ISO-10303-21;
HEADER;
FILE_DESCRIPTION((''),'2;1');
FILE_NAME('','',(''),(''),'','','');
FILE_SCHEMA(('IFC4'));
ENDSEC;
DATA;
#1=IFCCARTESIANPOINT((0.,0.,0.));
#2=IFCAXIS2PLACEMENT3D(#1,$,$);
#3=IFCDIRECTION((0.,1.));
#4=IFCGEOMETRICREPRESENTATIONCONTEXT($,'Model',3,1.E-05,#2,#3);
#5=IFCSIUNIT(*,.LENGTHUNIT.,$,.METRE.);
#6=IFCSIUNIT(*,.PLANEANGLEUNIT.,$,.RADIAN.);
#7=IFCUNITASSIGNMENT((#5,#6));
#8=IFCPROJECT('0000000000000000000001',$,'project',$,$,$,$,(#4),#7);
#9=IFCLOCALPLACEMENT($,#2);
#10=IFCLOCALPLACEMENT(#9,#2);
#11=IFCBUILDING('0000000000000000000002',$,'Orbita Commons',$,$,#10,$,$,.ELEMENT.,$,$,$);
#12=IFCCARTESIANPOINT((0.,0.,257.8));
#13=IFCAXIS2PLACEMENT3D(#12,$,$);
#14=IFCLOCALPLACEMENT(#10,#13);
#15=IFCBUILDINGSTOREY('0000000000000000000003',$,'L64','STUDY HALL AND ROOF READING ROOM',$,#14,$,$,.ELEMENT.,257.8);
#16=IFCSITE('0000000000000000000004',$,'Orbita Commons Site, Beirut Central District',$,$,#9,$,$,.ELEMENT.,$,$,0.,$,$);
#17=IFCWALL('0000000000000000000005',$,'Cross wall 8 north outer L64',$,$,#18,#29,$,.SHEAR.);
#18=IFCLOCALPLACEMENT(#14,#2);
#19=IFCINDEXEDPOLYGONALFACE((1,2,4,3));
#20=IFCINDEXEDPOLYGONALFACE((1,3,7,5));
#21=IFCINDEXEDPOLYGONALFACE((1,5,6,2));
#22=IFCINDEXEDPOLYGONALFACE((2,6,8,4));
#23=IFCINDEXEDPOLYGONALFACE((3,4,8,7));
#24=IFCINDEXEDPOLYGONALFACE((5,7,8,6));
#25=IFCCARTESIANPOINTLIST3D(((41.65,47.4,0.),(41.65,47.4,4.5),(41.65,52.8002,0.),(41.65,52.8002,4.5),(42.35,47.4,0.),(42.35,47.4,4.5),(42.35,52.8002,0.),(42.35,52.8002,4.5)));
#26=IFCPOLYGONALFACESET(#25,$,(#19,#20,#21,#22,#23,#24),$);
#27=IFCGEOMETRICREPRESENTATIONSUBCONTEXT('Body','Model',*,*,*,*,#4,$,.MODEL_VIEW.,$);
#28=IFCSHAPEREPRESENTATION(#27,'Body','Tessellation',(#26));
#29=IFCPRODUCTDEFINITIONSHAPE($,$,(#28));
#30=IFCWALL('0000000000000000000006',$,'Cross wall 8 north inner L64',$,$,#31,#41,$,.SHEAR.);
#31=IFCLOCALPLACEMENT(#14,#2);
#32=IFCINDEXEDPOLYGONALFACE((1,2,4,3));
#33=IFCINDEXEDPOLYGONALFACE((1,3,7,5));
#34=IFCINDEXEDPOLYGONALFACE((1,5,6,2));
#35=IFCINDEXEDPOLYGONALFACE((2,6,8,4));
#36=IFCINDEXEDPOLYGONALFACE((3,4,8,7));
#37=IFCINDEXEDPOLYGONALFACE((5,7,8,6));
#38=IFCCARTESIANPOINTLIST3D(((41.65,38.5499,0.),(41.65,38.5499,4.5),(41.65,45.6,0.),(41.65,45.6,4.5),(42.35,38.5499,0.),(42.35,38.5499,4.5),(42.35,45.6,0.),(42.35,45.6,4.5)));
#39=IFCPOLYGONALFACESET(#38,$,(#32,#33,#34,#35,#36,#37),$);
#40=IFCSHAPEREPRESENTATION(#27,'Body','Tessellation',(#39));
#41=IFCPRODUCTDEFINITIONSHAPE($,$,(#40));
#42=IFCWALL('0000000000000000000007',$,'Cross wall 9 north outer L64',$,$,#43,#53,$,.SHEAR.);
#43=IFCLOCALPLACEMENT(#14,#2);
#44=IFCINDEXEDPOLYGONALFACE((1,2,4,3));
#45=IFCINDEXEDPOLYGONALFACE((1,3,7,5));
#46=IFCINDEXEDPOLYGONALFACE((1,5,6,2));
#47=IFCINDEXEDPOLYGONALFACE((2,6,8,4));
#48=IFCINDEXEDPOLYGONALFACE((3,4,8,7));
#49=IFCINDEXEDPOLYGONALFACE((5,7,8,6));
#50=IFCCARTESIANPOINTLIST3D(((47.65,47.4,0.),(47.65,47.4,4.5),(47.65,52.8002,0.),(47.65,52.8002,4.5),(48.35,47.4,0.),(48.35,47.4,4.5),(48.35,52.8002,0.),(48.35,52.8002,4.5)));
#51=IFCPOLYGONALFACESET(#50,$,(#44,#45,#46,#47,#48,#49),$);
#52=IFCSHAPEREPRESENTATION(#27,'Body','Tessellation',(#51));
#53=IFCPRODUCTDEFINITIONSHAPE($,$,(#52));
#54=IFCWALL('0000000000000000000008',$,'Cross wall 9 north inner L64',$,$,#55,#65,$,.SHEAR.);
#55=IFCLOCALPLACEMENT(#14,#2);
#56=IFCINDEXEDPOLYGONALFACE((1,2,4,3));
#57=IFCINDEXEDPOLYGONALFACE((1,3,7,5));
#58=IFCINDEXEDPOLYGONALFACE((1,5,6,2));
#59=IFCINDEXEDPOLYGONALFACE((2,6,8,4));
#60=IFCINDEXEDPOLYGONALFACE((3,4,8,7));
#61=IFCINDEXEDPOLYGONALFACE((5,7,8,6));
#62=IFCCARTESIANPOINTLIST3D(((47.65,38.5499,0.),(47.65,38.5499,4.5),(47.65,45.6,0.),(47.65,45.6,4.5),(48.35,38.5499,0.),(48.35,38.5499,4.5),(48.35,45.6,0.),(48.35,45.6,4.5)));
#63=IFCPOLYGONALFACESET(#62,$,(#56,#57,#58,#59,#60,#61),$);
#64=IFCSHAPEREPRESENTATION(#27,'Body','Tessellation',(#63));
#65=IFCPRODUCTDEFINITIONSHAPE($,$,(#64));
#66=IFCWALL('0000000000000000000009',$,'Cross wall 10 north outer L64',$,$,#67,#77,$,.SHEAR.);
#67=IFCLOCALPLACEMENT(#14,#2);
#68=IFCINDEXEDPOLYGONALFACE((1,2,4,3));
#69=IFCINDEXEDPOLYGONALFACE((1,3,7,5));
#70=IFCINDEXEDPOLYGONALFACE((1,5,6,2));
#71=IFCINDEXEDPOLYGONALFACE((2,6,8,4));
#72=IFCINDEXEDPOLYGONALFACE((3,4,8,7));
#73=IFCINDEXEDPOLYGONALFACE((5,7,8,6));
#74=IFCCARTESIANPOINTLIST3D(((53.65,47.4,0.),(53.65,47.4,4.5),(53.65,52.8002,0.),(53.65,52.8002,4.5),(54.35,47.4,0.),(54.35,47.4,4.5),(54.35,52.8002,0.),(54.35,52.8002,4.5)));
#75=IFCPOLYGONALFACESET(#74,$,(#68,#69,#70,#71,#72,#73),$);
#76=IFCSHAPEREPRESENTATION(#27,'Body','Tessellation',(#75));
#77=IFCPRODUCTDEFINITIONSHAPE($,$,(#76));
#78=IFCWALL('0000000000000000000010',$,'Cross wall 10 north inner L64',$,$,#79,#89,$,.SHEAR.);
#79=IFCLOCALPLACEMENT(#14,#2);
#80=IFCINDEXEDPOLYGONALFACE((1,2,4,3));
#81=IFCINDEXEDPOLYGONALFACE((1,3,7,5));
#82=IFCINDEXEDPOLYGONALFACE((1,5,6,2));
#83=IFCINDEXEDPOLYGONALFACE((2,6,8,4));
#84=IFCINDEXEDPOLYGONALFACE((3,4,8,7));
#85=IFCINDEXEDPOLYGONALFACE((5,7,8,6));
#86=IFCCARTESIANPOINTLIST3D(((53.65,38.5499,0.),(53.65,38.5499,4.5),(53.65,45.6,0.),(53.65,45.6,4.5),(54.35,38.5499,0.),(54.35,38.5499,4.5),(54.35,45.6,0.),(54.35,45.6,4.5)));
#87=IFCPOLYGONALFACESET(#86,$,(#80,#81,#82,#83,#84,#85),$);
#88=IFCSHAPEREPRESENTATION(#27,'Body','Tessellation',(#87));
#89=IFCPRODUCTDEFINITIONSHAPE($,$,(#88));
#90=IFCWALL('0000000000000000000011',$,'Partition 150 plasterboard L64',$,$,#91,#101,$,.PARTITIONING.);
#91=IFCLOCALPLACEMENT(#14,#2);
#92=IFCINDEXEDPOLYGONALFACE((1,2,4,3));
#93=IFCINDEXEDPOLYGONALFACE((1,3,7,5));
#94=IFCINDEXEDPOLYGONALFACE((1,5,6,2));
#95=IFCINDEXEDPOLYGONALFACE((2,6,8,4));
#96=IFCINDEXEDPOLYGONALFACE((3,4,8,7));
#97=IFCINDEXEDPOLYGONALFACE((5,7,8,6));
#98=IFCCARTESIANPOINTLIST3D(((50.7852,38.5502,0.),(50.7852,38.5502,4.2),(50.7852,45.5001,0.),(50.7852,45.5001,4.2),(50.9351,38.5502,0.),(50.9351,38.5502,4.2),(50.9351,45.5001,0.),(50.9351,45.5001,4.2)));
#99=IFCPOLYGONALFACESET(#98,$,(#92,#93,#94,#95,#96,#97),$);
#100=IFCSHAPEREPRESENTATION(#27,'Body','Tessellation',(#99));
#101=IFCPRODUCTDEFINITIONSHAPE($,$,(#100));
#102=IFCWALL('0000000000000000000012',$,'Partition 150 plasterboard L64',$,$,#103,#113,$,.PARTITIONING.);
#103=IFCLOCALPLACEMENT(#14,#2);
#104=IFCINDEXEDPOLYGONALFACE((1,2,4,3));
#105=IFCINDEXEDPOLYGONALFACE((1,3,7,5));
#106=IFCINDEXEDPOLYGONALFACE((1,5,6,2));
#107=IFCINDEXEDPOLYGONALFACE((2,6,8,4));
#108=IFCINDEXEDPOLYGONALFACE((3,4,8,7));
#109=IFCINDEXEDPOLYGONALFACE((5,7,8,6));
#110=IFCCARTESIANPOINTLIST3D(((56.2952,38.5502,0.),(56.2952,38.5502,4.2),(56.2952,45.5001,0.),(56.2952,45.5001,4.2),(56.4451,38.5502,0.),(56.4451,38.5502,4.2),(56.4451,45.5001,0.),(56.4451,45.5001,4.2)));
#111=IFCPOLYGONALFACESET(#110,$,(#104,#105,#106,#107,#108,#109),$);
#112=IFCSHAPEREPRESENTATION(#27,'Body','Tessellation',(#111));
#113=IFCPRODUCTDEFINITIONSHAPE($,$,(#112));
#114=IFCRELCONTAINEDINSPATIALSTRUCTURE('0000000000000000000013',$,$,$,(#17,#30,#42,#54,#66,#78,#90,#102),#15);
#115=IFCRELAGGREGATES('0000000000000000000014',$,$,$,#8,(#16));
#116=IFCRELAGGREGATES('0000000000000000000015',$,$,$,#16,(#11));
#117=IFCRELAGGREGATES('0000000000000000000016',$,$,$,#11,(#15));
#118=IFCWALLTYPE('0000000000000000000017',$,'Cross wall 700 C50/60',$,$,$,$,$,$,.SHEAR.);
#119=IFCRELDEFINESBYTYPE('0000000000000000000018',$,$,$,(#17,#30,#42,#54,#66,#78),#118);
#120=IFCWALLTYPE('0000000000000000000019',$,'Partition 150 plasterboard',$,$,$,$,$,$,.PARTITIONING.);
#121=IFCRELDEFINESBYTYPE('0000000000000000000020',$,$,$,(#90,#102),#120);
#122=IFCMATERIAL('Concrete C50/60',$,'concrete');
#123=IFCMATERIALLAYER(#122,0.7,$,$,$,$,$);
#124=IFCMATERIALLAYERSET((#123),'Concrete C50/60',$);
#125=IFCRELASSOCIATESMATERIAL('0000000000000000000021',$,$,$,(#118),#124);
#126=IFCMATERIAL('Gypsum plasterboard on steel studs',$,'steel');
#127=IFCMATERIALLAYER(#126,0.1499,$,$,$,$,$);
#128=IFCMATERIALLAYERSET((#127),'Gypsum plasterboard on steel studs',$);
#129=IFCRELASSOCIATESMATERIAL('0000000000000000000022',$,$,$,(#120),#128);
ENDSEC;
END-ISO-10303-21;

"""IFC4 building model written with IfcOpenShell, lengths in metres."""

from ifc_helpers import new_model, si_unit, direction, frame, frame_2d, origin, place, context, subcontext, project, spatial, rectangle, extrude, material, layer, layer_set, type_object, element, save


model = new_model("IFC4")

# Units and contexts
model_context = context("Model", 3, precision=1e-05, world=origin(), true_north=direction((0.0, 1.0)))
body_context = subcontext(model_context, "Body", "Model", "MODEL_VIEW")
ifc_project = project(units=[si_unit("LENGTHUNIT", "METRE"), si_unit("PLANEANGLEUNIT", "RADIAN")], contexts=[model_context])

# Site, building, storey
site_placement = place(None, origin())
site = spatial("IfcSite", under=ifc_project, at=site_placement, Name="Orbita Commons Site, Beirut Central District", CompositionType="ELEMENT", RefElevation=0.0)
building_placement = place(site_placement, origin())
building = spatial("IfcBuilding", under=site, at=building_placement, Name="Orbita Commons", CompositionType="ELEMENT")
storey_placement = place(building_placement, frame((0.0, 0.0, 257.8)))
storey = spatial("IfcBuildingStorey", under=building, at=storey_placement, Name="L64", Description="STUDY HALL AND ROOF READING ROOM", CompositionType="ELEMENT", Elevation=257.8)

# Walls
ifc_material_1 = material(Name="Concrete C50/60", Category="concrete")
ifc_layer_1 = layer(ifc_material_1, 0.7)
ifc_layer_set_1 = layer_set([ifc_layer_1], Name="Concrete C50/60")
wall_type_1 = type_object("IfcWallType", Name="Cross wall 700 C50/60", PredefinedType="SHEAR", material=ifc_layer_set_1)
wall_1_placement = place(storey_placement, frame((42.0, 47.3999, 0.0), z_axis=(0.0, 0.0, 1.0), x_axis=(0.0, 1.0, 0.0)))
element("IfcWall", 1, at=wall_1_placement, inside=storey, type_object=wall_type_1, Name="Cross wall 8 north outer L64", PredefinedType="SHEAR", context=body_context, shape_type="SweptSolid", body=[
    extrude(rectangle(XDim=5.4001, YDim=0.7, at=frame_2d((2.7002, 0.0))), origin(), (0.0, 0.0, 1.0), 4.5),
])
wall_2_placement = place(storey_placement, frame((42.0, 38.55, 0.0), z_axis=(0.0, 0.0, 1.0), x_axis=(0.0, 1.0, 0.0)))
element("IfcWall", 2, at=wall_2_placement, inside=storey, type_object=wall_type_1, Name="Cross wall 8 north inner L64", PredefinedType="SHEAR", context=body_context, shape_type="SweptSolid", body=[
    extrude(rectangle(XDim=7.05, YDim=0.7, at=frame_2d((3.5249, 0.0))), origin(), (0.0, 0.0, 1.0), 4.5),
])
wall_3_placement = place(storey_placement, frame((48.0, 47.3999, 0.0), z_axis=(0.0, 0.0, 1.0), x_axis=(0.0, 1.0, 0.0)))
element("IfcWall", 3, at=wall_3_placement, inside=storey, type_object=wall_type_1, Name="Cross wall 9 north outer L64", PredefinedType="SHEAR", context=body_context, shape_type="SweptSolid", body=[
    extrude(rectangle(XDim=5.4001, YDim=0.7, at=frame_2d((2.7002, 0.0))), origin(), (0.0, 0.0, 1.0), 4.5),
])
wall_4_placement = place(storey_placement, frame((48.0, 38.55, 0.0), z_axis=(0.0, 0.0, 1.0), x_axis=(0.0, 1.0, 0.0)))
element("IfcWall", 4, at=wall_4_placement, inside=storey, type_object=wall_type_1, Name="Cross wall 9 north inner L64", PredefinedType="SHEAR", context=body_context, shape_type="SweptSolid", body=[
    extrude(rectangle(XDim=7.05, YDim=0.7, at=frame_2d((3.5249, 0.0))), origin(), (0.0, 0.0, 1.0), 4.5),
])
wall_5_placement = place(storey_placement, frame((54.0, 47.3999, 0.0), z_axis=(0.0, 0.0, 1.0), x_axis=(0.0, 1.0, 0.0)))
element("IfcWall", 5, at=wall_5_placement, inside=storey, type_object=wall_type_1, Name="Cross wall 10 north outer L64", PredefinedType="SHEAR", context=body_context, shape_type="SweptSolid", body=[
    extrude(rectangle(XDim=5.4001, YDim=0.7, at=frame_2d((2.7002, 0.0))), origin(), (0.0, 0.0, 1.0), 4.5),
])
wall_6_placement = place(storey_placement, frame((54.0, 38.55, 0.0), z_axis=(0.0, 0.0, 1.0), x_axis=(0.0, 1.0, 0.0)))
element("IfcWall", 6, at=wall_6_placement, inside=storey, type_object=wall_type_1, Name="Cross wall 10 north inner L64", PredefinedType="SHEAR", context=body_context, shape_type="SweptSolid", body=[
    extrude(rectangle(XDim=7.05, YDim=0.7, at=frame_2d((3.5249, 0.0))), origin(), (0.0, 0.0, 1.0), 4.5),
])
ifc_material_2 = material(Name="Gypsum plasterboard on steel studs", Category="steel")
ifc_layer_2 = layer(ifc_material_2, 0.1499)
ifc_layer_set_2 = layer_set([ifc_layer_2], Name="Gypsum plasterboard on steel studs")
wall_type_2 = type_object("IfcWallType", Name="Partition 150 plasterboard", PredefinedType="PARTITIONING", material=ifc_layer_set_2)
for number, where, z_axis, x_axis, name in (
    (7, (50.8601, 38.55, 0.0), (0.0, 0.0, 1.0), (0.0, 1.0, 0.0), "Partition 150 plasterboard L64"),
    (8, (56.3701, 38.55, 0.0), (0.0, 0.0, 1.0), (0.0, 1.0, 0.0), "Partition 150 plasterboard L64"),
):
    element("IfcWall", number, at=place(storey_placement, frame(where, z_axis=z_axis, x_axis=x_axis)), inside=storey, type_object=wall_type_2, Name=name, PredefinedType="PARTITIONING", context=body_context, shape_type="SweptSolid", body=[
        extrude(rectangle(XDim=6.95, YDim=0.1499, at=frame_2d((3.4751, 0.0))), origin(), (0.0, 0.0, 1.0), 4.2),
    ])

save(model, "model.ifc")
